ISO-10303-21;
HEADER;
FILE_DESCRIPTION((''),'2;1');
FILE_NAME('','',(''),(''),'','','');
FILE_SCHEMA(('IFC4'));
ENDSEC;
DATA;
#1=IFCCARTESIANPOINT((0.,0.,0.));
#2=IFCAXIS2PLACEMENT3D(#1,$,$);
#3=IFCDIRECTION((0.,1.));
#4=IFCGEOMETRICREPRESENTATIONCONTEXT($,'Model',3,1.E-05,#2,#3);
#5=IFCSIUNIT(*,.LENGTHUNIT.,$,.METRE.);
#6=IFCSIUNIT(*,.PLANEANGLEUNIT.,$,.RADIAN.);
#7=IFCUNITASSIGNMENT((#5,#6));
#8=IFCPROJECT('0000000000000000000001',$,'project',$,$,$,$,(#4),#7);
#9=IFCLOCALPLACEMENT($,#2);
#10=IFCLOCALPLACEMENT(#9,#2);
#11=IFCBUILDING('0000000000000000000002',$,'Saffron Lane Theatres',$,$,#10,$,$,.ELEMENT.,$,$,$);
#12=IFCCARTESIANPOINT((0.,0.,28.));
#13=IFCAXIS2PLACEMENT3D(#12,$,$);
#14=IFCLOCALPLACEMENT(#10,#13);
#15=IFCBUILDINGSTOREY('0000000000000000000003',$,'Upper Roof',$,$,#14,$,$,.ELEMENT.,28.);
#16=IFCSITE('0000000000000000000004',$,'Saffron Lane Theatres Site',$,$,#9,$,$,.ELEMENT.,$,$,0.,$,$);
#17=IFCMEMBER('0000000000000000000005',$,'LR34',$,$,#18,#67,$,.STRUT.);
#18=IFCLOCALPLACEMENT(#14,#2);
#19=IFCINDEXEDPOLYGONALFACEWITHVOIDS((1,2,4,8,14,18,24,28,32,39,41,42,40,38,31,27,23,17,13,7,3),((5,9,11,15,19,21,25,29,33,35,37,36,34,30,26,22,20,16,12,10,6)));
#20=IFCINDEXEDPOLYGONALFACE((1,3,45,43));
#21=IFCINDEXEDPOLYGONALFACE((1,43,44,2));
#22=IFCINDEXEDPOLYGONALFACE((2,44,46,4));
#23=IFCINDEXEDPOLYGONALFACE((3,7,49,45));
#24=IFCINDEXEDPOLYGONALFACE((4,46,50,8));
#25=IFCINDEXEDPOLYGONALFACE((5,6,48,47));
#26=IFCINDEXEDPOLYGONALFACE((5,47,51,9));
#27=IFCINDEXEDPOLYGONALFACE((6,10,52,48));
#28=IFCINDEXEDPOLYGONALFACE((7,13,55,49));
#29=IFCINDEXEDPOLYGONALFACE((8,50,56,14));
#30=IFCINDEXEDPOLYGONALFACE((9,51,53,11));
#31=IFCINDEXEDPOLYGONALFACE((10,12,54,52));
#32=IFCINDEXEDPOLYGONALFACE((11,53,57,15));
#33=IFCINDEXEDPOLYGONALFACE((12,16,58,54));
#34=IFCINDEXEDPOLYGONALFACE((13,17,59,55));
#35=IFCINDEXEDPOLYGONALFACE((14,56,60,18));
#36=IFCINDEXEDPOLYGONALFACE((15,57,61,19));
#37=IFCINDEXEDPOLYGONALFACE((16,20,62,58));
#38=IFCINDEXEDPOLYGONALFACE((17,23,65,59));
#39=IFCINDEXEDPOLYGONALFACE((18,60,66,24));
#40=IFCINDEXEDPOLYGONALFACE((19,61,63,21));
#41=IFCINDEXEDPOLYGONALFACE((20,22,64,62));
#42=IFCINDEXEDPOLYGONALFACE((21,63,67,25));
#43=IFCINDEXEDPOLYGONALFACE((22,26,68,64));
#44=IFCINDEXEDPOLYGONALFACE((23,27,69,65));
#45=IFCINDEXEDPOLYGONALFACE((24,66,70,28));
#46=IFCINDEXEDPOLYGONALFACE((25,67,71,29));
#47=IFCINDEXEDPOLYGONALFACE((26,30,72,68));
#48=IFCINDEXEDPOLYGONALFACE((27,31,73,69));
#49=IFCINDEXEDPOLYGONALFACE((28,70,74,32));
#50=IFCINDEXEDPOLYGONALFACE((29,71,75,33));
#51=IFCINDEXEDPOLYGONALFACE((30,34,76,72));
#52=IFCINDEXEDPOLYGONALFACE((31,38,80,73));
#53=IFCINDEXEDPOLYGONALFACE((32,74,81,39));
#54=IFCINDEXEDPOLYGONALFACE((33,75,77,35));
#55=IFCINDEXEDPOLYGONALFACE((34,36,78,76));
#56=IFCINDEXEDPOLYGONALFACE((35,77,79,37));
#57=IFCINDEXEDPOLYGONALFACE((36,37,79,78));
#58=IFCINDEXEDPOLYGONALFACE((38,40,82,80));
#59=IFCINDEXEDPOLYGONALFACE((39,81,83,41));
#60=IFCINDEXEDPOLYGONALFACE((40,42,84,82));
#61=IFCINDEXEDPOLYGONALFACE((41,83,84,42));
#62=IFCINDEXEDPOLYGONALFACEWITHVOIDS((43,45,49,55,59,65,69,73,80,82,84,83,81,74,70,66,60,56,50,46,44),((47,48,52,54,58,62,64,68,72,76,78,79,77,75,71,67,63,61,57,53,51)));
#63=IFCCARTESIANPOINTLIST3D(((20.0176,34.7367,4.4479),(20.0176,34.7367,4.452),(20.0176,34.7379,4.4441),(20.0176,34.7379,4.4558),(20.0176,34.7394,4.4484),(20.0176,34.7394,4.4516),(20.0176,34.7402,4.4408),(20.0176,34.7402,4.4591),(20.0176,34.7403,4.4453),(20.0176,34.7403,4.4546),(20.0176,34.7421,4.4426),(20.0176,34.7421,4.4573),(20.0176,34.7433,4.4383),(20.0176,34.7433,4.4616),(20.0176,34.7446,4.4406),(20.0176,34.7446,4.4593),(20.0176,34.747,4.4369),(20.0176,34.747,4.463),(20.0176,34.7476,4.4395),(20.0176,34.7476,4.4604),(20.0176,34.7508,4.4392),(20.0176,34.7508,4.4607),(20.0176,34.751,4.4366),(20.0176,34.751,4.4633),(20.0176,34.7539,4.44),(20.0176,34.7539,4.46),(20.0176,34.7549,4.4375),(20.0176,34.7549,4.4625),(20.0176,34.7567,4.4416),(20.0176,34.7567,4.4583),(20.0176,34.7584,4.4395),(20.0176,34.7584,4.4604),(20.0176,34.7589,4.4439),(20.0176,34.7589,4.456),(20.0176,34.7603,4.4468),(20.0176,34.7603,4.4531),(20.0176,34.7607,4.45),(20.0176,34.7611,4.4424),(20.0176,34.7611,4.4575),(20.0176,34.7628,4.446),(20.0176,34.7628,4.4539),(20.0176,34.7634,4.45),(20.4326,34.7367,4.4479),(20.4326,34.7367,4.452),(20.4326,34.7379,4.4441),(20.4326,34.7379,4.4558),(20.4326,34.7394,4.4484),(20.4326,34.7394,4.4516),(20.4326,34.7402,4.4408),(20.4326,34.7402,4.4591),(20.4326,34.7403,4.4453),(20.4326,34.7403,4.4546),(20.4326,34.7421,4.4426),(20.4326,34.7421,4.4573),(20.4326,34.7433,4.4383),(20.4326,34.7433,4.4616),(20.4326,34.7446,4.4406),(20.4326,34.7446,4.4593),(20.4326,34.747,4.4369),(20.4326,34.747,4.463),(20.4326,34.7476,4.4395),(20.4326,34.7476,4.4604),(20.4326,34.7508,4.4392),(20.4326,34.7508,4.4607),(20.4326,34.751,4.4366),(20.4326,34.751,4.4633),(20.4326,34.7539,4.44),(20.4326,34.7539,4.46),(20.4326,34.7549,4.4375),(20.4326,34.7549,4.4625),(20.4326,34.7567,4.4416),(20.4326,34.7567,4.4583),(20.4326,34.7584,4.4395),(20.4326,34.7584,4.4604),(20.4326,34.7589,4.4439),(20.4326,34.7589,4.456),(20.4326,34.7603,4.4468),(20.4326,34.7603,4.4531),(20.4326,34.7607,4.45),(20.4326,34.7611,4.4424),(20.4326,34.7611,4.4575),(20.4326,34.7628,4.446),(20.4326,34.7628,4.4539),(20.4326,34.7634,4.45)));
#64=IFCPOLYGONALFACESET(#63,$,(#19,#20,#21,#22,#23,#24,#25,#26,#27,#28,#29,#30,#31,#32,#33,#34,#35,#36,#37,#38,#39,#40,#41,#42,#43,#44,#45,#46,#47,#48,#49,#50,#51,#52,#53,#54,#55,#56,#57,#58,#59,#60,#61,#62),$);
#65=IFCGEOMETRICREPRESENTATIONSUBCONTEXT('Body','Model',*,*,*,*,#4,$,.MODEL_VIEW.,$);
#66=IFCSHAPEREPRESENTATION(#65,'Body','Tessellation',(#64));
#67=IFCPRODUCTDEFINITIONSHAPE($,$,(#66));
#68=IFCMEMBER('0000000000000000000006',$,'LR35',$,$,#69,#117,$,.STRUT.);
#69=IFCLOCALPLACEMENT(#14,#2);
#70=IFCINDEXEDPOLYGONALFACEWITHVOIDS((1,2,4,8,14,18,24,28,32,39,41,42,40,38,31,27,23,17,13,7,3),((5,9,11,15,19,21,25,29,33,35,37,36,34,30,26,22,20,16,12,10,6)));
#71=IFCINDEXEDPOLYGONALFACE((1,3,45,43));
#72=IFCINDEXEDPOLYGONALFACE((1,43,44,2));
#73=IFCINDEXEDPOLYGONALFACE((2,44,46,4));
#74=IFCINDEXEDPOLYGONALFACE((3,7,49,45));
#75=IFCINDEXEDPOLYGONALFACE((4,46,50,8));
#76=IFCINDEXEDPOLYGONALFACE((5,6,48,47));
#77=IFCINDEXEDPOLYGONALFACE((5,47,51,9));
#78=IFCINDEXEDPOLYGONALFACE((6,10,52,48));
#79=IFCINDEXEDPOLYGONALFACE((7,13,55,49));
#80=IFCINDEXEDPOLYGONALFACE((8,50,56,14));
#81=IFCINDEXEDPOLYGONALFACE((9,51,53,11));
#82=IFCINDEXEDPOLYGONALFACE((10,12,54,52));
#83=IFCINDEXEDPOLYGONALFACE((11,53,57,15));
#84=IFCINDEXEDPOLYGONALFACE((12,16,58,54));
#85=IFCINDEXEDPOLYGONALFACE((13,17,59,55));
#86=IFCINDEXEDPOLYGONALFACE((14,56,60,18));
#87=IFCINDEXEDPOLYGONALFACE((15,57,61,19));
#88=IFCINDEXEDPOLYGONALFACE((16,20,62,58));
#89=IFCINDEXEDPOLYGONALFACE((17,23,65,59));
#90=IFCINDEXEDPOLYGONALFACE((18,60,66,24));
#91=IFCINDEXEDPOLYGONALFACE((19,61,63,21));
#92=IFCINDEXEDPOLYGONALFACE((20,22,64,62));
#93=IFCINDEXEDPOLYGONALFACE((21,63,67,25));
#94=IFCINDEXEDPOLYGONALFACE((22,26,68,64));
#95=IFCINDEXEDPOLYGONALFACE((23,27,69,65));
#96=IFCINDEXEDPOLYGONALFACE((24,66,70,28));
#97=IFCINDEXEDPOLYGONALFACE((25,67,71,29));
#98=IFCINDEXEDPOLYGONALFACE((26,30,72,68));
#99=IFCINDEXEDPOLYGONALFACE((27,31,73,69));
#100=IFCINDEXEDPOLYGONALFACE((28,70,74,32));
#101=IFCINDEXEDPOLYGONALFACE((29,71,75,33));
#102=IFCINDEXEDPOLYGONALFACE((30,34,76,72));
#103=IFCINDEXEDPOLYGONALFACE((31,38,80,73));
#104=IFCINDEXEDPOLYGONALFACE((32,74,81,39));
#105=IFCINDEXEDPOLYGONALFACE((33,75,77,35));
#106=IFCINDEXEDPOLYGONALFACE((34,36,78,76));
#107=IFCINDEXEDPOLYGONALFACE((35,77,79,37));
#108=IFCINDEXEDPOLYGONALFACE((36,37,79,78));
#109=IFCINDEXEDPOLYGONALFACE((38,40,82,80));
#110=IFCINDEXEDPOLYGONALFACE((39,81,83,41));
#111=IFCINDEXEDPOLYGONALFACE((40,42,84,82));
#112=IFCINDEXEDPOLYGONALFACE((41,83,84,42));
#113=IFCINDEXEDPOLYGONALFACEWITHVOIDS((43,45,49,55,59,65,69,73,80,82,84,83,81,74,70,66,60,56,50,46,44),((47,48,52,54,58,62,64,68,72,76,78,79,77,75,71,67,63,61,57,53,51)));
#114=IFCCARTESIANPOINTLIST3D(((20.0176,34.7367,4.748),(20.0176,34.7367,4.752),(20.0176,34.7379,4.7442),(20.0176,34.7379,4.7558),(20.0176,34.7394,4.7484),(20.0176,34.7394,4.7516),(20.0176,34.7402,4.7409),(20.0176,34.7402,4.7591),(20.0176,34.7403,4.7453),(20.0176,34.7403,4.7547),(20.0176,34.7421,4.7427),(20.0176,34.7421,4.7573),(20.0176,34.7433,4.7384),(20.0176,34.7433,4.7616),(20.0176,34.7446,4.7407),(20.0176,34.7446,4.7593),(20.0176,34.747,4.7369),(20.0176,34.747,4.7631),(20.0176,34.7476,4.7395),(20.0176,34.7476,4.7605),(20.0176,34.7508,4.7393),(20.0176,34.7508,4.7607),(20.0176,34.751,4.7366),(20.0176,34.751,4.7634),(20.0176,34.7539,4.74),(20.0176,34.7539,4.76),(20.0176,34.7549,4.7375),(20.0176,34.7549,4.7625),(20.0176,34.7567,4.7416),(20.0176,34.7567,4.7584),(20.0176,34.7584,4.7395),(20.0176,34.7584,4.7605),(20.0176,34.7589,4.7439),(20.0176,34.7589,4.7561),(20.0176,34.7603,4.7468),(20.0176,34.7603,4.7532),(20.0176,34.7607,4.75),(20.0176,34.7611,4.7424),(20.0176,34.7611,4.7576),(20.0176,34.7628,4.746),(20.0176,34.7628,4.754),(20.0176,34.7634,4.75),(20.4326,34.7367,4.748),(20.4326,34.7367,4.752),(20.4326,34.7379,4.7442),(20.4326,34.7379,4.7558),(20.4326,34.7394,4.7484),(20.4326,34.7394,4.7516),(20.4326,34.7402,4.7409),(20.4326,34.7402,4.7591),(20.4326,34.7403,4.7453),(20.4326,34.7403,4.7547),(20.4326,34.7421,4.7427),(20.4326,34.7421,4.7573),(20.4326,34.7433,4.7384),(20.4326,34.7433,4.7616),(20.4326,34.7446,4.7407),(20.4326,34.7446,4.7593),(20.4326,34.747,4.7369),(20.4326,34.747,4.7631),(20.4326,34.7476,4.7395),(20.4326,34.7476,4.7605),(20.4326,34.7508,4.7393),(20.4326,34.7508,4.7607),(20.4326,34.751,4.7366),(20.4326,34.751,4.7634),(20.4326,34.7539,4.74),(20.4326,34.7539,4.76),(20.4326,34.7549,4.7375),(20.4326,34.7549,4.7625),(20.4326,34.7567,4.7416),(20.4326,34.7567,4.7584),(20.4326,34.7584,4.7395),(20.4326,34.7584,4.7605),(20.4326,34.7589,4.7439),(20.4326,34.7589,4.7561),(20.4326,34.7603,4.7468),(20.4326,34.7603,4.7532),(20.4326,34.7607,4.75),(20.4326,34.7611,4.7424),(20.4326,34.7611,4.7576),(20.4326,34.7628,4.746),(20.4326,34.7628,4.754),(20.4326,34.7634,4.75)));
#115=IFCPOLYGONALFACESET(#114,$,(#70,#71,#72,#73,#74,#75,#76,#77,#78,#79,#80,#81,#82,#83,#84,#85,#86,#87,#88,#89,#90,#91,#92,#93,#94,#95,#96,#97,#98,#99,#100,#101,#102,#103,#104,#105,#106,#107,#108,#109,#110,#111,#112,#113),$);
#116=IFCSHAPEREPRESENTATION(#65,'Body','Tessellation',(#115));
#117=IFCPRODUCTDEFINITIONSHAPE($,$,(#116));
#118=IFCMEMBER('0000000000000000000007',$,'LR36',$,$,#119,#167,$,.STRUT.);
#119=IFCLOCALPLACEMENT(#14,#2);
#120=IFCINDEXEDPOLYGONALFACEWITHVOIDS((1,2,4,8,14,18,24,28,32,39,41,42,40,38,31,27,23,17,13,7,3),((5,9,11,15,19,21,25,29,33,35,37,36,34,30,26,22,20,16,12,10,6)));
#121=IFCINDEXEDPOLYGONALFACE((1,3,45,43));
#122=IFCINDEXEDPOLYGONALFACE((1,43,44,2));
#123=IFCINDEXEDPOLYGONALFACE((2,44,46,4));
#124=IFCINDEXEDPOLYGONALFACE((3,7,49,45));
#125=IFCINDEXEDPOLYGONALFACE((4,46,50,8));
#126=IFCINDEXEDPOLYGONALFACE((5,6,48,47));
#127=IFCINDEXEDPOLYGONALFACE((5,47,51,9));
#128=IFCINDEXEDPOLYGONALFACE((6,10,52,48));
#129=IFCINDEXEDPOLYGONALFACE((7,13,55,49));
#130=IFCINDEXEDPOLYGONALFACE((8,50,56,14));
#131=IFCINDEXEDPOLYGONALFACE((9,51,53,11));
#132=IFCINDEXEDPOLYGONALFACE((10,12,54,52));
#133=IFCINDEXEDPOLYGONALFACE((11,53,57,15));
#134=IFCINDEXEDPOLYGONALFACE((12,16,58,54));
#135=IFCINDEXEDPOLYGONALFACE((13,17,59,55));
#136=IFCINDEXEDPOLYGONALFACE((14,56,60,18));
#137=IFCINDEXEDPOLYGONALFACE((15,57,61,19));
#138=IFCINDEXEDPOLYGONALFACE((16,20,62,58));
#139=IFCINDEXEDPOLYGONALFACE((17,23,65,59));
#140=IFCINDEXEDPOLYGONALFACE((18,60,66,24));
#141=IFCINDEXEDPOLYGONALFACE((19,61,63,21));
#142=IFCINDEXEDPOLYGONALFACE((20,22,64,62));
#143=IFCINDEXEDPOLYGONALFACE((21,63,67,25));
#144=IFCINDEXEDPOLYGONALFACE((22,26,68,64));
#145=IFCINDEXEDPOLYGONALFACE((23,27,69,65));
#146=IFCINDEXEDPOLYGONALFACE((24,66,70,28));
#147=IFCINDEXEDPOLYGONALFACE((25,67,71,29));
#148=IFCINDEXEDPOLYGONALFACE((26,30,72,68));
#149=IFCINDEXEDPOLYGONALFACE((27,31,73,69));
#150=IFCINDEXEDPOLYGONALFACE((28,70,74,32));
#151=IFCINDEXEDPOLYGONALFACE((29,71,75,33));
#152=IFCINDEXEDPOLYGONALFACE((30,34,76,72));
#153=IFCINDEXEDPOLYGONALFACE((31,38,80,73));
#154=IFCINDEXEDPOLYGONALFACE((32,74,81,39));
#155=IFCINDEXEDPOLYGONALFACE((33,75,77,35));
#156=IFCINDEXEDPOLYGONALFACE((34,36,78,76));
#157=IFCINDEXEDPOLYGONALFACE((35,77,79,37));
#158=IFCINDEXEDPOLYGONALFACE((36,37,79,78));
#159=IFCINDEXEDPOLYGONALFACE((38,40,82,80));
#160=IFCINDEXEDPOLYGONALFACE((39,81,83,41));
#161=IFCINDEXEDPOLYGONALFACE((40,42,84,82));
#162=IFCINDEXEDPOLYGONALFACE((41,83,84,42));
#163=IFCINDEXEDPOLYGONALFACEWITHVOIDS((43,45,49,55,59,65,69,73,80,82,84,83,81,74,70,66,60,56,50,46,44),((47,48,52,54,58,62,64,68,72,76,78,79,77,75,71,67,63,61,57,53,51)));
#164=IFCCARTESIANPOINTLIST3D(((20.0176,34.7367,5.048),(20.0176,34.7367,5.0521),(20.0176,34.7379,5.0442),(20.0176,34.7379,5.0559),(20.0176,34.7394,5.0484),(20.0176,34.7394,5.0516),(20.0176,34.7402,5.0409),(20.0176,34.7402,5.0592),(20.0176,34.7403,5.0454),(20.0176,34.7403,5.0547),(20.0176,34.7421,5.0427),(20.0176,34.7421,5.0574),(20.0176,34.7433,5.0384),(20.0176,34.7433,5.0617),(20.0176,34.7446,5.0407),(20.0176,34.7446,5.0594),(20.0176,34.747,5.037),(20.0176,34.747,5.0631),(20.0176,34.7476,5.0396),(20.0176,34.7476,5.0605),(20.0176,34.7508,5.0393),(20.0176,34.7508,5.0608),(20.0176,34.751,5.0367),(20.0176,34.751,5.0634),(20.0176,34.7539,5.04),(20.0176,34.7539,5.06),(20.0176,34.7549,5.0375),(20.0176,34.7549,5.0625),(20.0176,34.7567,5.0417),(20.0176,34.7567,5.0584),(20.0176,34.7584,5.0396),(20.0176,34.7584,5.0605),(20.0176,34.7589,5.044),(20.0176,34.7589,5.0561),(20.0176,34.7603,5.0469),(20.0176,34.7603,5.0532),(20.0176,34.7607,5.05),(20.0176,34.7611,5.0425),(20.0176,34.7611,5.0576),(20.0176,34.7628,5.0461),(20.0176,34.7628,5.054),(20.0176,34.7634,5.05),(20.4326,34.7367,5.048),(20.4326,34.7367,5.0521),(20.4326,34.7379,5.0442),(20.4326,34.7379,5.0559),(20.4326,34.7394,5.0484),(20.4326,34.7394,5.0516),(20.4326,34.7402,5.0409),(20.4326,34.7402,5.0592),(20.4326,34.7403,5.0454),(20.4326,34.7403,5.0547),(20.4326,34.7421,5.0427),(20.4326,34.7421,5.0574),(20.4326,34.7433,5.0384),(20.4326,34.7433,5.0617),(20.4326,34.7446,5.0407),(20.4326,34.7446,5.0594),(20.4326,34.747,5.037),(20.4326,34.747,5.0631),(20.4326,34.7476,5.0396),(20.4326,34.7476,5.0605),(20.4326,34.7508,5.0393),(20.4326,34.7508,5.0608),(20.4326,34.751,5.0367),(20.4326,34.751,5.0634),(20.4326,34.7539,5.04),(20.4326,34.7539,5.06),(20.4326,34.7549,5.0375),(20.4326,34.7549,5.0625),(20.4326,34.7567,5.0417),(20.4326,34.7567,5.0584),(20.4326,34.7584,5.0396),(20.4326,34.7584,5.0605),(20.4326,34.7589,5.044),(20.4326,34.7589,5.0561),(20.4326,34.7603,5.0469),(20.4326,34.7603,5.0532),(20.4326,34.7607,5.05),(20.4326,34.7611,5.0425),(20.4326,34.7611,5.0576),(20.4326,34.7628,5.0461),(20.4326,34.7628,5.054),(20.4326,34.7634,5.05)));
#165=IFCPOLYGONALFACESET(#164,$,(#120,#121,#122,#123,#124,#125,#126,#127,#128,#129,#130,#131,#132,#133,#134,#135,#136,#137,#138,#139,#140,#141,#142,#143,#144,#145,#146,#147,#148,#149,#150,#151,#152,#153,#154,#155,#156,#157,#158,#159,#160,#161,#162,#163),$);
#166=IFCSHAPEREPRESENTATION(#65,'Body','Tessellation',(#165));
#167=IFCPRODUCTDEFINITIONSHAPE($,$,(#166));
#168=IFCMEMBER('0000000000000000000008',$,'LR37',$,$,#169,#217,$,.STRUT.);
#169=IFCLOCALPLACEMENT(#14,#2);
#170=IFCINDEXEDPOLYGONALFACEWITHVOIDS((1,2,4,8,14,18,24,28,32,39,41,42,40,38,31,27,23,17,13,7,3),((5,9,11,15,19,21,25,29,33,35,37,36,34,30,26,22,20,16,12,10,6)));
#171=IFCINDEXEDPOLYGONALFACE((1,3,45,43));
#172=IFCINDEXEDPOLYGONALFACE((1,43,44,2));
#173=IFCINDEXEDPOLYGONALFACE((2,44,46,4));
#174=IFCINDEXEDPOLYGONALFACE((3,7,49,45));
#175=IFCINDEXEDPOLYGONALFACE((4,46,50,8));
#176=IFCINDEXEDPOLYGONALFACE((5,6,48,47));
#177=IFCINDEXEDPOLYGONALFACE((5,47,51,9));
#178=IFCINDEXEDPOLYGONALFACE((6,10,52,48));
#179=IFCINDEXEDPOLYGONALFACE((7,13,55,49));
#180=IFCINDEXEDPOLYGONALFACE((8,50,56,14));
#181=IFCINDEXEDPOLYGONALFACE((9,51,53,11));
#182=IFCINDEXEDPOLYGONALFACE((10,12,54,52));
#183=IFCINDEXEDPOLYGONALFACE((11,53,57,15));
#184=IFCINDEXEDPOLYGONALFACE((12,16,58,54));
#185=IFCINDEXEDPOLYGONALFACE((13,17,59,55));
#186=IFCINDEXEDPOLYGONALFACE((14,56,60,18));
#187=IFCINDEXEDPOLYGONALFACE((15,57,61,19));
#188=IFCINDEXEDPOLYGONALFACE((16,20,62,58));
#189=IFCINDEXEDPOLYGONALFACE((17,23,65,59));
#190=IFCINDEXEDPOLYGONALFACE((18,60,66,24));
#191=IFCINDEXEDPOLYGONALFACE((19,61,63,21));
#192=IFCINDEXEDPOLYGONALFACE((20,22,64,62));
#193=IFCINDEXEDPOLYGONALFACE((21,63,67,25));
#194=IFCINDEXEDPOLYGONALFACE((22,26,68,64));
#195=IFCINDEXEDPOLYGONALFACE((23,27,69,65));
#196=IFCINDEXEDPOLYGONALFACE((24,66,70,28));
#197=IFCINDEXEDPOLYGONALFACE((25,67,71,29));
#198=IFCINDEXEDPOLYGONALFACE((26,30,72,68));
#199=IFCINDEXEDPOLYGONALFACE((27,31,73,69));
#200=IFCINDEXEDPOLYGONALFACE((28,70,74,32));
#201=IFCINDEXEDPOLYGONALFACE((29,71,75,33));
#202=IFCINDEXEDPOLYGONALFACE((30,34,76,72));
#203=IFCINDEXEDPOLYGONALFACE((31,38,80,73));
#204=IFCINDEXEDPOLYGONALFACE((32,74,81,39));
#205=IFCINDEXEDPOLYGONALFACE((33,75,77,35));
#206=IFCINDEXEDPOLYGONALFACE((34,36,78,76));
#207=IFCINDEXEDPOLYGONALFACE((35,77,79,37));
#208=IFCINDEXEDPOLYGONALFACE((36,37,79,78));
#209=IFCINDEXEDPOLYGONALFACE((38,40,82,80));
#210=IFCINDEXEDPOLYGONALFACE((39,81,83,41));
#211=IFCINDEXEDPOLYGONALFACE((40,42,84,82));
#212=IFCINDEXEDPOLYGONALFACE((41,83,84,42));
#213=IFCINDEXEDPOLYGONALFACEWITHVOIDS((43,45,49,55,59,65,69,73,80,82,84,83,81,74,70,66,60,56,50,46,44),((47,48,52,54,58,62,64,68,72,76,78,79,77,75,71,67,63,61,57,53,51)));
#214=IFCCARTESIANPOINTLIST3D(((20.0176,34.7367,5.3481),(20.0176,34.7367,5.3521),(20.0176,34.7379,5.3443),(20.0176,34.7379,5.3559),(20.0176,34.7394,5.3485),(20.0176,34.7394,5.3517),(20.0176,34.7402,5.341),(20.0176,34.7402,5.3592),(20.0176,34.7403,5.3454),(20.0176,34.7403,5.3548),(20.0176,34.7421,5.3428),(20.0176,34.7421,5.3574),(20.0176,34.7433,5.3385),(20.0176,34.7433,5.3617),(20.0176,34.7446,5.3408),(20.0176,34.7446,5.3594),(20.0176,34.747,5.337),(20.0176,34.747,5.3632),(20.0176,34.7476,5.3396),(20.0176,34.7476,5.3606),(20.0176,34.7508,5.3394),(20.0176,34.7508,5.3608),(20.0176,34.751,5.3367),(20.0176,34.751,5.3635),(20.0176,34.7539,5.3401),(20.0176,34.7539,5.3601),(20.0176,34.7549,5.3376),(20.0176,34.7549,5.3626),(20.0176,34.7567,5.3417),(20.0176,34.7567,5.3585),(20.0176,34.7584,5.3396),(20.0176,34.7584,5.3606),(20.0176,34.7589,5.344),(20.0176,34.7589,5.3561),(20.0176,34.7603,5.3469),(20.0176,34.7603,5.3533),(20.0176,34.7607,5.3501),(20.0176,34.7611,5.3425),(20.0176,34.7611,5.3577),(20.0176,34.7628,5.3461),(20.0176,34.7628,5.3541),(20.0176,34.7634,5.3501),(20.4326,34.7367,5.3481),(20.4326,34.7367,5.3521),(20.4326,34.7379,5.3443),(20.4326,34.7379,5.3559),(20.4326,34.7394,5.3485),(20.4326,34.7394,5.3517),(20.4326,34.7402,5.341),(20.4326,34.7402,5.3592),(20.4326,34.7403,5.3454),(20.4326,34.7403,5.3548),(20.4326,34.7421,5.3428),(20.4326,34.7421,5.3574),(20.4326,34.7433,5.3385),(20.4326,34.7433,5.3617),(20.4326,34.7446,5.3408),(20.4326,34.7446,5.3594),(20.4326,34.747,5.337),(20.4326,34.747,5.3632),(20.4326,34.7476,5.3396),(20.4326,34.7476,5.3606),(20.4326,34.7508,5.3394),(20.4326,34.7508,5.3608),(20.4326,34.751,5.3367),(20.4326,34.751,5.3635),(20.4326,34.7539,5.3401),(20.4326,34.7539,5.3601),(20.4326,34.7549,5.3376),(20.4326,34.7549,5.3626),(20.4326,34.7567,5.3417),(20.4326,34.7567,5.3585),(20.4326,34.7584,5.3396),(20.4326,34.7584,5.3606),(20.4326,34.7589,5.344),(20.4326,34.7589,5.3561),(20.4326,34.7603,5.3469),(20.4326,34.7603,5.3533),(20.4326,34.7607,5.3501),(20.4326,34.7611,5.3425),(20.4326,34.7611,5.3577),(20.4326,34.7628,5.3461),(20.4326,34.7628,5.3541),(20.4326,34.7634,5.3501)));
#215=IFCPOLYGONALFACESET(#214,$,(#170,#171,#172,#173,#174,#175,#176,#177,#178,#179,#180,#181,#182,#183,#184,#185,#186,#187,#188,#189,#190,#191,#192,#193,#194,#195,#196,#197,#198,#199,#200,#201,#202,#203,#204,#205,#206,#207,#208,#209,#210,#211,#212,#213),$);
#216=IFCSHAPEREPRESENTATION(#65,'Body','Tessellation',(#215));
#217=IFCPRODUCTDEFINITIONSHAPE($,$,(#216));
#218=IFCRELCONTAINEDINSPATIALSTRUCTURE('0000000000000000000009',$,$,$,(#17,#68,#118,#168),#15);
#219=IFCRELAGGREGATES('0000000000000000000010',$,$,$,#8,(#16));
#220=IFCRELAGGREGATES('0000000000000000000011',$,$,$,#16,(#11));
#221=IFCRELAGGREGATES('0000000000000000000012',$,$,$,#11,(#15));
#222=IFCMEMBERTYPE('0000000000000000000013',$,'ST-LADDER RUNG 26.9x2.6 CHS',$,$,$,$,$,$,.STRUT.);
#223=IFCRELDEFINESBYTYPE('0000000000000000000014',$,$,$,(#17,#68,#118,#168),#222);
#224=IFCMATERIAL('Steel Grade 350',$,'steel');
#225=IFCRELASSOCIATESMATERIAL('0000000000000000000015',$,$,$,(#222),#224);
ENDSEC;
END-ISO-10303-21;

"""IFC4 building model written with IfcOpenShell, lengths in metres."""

from ifc_helpers import new_model, si_unit, direction, frame, origin, origin_2d, place, context, subcontext, project, spatial, hollow_circle, extrude, material, material_profile, profile_set, type_object, element, save


model = new_model("IFC4")

# Units and contexts
model_context = context("Model", 3, precision=1e-05, world=origin(), true_north=direction((0.0, 1.0)))
body_context = subcontext(model_context, "Body", "Model", "MODEL_VIEW")
ifc_project = project(units=[si_unit("LENGTHUNIT", "METRE"), si_unit("PLANEANGLEUNIT", "RADIAN")], contexts=[model_context])

# Site, building, storey
site_placement = place(None, origin())
site = spatial("IfcSite", under=ifc_project, at=site_placement, Name="Saffron Lane Theatres Site", CompositionType="ELEMENT", RefElevation=0.0)
building_placement = place(site_placement, origin())
building = spatial("IfcBuilding", under=site, at=building_placement, Name="Saffron Lane Theatres", CompositionType="ELEMENT")
storey_placement = place(building_placement, frame((0.0, 0.0, 28.0)))
storey = spatial("IfcBuildingStorey", under=building, at=storey_placement, Name="Upper Roof", CompositionType="ELEMENT", Elevation=28.0)

# Members
ifc_material_1 = material(Name="Steel Grade 350", Category="steel")
ifc_material_profile_1 = material_profile(ifc_material_1, hollow_circle(Radius=0.0134, WallThickness=0.0027, at=origin_2d()))
ifc_profile_set_1 = profile_set([ifc_material_profile_1], Name="Steel Grade 350")
member_type_1 = type_object("IfcMemberType", Name="ST-LADDER RUNG 26.9x2.6 CHS", PredefinedType="STRUT", material=ifc_profile_set_1)
for number, where, z_axis, x_axis, name in (
    (1, (20.0176, 34.75, 4.45), (1.0, 0.0, 0.0), (0.0, 1.0, 0.0), "LR34"),
    (2, (20.0176, 34.75, 4.75), (1.0, 0.0, 0.0), (0.0, 1.0, 0.0), "LR35"),
    (3, (20.0176, 34.75, 5.05), (1.0, 0.0, 0.0), (0.0, 1.0, 0.0), "LR36"),
    (4, (20.0176, 34.75, 5.3501), (1.0, 0.0, 0.0), (0.0, 1.0, 0.0), "LR37"),
):
    element("IfcMember", number, at=place(storey_placement, frame(where, z_axis=z_axis, x_axis=x_axis)), inside=storey, type_object=member_type_1, Name=name, PredefinedType="STRUT", context=body_context, shape_type="SweptSolid", body=[
        extrude(hollow_circle(Radius=0.0134, WallThickness=0.0027, at=origin_2d()), origin(), (0.0, 0.0, 1.0), 0.415),
    ])

save(model, "model.ifc")
